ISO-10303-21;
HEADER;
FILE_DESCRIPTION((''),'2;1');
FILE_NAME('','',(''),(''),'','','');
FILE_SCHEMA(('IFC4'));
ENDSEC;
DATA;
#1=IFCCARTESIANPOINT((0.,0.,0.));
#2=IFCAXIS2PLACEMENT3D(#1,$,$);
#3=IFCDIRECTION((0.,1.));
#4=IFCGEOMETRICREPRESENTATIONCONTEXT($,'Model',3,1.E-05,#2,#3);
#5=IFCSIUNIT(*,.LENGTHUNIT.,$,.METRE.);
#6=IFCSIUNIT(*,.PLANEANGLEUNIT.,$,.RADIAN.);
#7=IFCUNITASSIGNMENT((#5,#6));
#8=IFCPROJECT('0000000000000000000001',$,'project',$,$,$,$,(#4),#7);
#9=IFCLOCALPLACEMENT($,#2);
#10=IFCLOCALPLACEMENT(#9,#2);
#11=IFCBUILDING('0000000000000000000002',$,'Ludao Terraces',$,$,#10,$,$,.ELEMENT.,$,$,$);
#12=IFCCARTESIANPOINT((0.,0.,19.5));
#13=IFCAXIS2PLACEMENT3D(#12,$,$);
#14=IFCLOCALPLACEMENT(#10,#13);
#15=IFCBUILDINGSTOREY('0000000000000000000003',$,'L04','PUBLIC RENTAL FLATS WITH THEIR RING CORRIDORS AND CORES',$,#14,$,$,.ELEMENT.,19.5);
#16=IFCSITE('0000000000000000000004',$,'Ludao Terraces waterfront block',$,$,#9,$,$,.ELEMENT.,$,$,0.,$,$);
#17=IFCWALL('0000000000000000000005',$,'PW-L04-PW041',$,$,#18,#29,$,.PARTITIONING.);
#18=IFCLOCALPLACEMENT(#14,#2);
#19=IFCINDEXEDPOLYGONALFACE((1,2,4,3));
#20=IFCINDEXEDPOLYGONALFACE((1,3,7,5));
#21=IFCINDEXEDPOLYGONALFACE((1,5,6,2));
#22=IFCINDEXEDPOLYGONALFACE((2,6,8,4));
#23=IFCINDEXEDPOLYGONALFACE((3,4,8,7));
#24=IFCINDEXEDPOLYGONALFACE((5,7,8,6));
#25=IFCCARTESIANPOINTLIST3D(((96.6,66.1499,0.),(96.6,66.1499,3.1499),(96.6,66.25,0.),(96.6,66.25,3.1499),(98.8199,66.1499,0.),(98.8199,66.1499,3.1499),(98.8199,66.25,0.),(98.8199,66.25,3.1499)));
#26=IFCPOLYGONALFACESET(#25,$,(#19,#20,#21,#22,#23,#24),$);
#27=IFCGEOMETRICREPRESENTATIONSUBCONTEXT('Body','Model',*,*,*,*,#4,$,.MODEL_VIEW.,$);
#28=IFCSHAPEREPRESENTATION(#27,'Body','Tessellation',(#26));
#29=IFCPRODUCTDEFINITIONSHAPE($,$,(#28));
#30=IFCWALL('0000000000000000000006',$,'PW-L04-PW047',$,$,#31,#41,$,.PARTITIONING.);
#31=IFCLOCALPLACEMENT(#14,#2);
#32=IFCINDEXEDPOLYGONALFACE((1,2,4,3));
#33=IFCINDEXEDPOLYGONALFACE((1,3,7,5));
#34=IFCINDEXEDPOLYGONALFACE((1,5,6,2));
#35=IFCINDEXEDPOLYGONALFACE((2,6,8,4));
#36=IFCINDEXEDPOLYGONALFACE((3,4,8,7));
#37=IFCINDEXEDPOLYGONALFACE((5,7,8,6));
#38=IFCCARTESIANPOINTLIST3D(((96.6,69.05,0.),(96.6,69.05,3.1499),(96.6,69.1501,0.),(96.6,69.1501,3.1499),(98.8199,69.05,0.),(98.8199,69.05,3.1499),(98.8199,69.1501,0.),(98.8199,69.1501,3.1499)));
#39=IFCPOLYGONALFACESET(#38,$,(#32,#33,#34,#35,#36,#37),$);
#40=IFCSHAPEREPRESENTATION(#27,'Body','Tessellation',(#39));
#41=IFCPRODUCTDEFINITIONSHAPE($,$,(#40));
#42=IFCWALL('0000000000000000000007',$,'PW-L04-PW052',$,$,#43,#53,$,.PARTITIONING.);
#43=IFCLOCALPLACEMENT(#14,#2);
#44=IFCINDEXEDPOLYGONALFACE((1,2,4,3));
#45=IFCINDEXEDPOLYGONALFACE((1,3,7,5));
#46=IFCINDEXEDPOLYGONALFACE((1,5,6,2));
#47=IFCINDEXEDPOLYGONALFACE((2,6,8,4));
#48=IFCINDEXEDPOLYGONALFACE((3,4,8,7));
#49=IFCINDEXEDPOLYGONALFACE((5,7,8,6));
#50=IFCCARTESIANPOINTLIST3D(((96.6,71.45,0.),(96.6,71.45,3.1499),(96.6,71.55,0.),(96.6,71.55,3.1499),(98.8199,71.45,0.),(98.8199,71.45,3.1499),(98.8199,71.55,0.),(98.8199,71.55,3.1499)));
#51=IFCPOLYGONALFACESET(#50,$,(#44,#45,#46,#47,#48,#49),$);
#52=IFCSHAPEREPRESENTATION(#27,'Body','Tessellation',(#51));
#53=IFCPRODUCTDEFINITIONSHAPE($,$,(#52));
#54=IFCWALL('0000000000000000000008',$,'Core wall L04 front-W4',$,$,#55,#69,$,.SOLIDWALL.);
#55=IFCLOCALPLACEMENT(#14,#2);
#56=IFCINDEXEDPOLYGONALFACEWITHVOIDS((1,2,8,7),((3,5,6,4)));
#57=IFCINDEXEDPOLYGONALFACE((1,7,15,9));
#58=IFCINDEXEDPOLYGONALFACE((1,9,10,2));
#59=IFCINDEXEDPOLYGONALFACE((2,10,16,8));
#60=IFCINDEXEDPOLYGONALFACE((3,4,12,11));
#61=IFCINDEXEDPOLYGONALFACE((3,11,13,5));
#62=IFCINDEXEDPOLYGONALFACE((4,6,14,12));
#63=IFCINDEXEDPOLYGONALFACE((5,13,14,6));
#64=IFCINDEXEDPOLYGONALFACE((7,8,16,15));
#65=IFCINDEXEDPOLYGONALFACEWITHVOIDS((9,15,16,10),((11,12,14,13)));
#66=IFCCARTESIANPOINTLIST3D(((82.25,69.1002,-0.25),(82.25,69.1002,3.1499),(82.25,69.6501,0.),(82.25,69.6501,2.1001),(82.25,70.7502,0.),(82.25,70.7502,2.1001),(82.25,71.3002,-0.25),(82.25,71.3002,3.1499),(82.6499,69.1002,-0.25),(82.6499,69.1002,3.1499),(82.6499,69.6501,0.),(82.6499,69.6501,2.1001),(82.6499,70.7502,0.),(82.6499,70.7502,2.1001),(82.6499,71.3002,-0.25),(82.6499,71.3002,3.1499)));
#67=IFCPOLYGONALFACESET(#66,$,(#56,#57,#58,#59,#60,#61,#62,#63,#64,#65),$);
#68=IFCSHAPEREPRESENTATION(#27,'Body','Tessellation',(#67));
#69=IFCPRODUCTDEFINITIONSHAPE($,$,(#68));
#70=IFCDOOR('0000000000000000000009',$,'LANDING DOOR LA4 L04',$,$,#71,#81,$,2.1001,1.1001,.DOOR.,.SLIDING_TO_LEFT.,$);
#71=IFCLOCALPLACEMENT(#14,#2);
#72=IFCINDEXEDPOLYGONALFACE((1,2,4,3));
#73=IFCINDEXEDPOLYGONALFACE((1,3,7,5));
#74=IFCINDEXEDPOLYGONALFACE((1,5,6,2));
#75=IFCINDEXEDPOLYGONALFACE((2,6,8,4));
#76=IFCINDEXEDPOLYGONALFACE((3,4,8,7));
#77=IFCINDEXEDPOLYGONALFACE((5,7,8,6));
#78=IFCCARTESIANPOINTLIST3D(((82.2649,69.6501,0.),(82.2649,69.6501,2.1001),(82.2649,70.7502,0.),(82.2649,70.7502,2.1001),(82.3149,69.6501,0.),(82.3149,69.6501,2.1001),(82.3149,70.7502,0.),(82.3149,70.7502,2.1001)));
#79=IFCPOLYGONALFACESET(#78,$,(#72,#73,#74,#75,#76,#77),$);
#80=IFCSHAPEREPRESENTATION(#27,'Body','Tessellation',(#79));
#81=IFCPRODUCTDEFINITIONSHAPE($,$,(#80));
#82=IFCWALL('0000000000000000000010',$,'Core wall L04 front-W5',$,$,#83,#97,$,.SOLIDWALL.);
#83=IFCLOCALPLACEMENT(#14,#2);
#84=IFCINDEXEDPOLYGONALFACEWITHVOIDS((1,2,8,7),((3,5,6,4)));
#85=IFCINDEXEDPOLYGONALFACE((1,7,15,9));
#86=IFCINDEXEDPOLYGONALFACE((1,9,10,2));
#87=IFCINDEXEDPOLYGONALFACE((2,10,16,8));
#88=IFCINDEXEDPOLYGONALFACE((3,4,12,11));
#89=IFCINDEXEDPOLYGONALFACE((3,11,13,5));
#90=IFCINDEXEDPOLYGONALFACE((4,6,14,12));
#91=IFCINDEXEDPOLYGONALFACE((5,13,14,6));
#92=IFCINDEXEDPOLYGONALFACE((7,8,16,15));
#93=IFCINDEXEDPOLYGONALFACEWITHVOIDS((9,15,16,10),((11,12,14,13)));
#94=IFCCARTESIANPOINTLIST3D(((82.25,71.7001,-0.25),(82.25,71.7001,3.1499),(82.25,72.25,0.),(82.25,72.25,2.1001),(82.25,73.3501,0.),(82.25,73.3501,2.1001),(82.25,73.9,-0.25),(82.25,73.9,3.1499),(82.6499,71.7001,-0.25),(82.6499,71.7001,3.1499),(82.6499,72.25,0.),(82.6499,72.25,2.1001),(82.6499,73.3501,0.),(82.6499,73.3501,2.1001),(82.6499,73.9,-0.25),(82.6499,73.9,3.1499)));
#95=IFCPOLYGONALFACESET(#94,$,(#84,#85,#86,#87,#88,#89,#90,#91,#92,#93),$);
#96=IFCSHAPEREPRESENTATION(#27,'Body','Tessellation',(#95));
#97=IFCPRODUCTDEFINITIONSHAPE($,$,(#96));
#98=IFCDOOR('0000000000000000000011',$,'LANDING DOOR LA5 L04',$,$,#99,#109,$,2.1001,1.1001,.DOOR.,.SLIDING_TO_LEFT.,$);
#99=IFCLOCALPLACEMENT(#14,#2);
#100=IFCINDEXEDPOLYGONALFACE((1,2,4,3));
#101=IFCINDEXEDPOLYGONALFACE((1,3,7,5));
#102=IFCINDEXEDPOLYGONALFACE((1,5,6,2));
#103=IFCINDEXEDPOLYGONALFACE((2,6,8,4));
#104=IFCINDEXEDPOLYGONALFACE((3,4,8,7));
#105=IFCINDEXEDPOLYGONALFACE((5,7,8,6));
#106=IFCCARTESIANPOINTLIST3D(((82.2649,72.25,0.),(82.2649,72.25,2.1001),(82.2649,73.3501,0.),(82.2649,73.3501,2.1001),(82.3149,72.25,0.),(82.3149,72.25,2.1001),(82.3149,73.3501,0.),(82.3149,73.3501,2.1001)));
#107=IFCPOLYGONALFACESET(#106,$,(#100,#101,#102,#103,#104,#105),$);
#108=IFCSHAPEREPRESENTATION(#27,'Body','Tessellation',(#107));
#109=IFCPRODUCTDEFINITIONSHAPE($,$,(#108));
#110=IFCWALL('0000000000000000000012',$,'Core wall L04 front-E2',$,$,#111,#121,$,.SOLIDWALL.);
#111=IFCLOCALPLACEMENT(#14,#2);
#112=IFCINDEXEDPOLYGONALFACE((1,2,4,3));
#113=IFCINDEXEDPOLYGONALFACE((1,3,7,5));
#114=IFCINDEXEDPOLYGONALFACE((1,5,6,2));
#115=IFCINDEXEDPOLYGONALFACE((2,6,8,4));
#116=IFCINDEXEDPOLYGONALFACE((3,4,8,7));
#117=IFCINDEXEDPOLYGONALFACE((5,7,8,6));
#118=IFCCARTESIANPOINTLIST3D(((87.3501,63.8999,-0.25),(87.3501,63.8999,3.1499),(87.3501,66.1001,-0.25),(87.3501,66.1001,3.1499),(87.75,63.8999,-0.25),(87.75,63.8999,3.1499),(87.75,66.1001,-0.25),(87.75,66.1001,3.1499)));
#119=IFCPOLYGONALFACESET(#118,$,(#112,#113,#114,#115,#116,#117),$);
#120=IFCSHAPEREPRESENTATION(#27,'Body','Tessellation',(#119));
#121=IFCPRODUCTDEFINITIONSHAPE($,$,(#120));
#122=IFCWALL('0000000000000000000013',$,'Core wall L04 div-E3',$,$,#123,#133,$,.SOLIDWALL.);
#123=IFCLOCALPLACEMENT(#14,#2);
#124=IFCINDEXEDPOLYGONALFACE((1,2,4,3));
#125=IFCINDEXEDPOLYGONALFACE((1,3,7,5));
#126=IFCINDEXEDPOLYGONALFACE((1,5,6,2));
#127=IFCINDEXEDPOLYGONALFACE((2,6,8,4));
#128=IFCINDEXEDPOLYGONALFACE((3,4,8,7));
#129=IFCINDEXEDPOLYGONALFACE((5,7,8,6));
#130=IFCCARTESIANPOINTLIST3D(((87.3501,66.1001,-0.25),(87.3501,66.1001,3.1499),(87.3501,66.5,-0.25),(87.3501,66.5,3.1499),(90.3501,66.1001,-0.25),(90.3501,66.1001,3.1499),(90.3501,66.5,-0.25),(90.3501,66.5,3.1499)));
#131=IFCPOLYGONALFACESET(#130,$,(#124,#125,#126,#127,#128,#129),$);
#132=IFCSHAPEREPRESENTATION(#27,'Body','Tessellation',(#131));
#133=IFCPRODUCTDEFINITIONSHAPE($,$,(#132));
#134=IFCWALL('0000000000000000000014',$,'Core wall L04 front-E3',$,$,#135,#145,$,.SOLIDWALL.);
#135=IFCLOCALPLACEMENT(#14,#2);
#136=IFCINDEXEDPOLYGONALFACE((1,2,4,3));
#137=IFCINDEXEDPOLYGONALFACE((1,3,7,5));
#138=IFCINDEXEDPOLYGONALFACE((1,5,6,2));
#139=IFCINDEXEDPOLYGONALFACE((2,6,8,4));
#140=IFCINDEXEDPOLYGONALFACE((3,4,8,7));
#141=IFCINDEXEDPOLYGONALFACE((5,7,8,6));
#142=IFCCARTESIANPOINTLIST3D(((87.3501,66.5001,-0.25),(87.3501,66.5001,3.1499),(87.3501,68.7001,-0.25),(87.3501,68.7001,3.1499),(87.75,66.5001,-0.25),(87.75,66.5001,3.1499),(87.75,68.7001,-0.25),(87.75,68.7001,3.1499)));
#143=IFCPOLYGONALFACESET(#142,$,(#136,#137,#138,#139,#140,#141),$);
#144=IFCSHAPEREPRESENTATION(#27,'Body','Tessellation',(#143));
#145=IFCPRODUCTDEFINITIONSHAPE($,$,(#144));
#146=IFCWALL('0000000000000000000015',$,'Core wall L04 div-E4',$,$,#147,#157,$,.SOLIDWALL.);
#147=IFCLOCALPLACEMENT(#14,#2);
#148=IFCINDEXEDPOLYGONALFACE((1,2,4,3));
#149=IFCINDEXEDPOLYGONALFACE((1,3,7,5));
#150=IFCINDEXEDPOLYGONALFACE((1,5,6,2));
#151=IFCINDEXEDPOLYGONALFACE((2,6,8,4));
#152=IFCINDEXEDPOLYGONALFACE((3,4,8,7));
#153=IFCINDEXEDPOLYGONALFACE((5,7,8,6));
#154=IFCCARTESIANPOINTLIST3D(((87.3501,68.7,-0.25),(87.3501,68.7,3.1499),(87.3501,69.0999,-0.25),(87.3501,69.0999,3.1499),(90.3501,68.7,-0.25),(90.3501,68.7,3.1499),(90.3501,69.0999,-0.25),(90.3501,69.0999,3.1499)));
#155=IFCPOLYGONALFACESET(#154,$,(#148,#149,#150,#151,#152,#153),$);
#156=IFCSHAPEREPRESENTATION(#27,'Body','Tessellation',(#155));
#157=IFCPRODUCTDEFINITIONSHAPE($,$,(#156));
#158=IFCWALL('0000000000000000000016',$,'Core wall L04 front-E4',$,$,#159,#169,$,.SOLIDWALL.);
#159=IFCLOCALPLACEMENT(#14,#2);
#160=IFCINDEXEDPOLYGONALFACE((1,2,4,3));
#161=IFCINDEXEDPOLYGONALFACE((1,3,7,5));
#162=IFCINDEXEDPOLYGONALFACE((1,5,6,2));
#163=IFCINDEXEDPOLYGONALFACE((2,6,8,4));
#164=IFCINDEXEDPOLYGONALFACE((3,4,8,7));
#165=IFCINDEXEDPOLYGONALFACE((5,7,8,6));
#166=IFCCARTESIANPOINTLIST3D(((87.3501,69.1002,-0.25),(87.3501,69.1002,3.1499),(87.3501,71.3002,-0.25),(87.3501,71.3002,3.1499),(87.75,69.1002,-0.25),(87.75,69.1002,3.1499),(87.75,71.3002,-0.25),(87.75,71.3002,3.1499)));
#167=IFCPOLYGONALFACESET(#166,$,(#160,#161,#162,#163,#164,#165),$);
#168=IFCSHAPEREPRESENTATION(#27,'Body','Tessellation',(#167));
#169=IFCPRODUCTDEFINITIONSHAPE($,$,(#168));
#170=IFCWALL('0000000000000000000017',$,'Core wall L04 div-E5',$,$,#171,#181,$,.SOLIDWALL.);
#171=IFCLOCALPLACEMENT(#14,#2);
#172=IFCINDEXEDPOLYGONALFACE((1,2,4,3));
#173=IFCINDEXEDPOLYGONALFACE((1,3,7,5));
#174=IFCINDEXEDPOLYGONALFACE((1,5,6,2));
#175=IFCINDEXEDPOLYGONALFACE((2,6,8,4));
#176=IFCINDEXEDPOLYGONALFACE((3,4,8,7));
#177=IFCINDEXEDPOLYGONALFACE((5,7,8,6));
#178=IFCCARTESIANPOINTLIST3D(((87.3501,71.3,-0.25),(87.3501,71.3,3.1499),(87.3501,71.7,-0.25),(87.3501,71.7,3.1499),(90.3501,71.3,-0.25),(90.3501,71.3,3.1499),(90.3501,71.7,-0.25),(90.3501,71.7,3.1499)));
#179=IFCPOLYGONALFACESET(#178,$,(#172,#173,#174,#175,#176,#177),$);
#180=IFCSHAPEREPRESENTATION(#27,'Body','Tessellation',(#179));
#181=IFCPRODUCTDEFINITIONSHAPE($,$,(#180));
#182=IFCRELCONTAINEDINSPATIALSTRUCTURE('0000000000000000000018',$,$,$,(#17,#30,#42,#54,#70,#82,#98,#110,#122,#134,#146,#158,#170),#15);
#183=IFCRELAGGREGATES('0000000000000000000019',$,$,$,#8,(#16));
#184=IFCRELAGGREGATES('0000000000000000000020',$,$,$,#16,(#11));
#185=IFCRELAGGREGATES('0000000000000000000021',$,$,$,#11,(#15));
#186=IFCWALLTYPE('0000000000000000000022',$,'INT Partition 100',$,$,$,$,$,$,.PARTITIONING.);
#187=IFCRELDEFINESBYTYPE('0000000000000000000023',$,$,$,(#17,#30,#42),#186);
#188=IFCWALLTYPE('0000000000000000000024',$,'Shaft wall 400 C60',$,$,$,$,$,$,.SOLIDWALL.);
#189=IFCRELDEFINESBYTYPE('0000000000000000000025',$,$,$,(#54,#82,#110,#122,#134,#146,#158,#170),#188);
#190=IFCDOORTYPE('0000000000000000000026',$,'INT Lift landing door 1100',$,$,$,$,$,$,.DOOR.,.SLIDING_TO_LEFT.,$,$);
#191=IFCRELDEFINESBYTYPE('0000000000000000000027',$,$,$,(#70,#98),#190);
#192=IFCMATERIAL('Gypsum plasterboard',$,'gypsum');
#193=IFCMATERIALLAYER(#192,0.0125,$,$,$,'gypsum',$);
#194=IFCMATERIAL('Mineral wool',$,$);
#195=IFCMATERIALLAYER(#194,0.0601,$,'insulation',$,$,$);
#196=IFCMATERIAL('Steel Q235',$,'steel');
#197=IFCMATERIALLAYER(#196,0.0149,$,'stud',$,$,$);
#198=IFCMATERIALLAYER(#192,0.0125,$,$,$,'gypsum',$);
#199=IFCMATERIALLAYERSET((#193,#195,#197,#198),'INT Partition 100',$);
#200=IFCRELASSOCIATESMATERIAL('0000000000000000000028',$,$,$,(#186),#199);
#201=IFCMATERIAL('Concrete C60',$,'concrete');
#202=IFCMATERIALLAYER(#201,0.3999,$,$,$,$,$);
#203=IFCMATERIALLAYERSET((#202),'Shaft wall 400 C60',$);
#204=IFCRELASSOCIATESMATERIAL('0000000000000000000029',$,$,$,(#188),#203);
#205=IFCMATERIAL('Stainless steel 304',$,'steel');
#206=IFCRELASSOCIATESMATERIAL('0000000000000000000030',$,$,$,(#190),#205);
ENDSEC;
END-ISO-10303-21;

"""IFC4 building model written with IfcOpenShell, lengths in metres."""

from ifc_helpers import new_model, si_unit, direction, frame, frame_2d, origin, place, context, subcontext, project, spatial, rectangle, extrude, material, layer, layer_set, type_object, element, fill, save


model = new_model("IFC4")

# Units and contexts
model_context = context("Model", 3, precision=1e-05, world=origin(), true_north=direction((0.0, 1.0)))
body_context = subcontext(model_context, "Body", "Model", "MODEL_VIEW")
ifc_project = project(units=[si_unit("LENGTHUNIT", "METRE"), si_unit("PLANEANGLEUNIT", "RADIAN")], contexts=[model_context])

# Site, building, storey
site_placement = place(None, origin())
site = spatial("IfcSite", under=ifc_project, at=site_placement, Name="Ludao Terraces waterfront block", CompositionType="ELEMENT", RefElevation=0.0)
building_placement = place(site_placement, origin())
building = spatial("IfcBuilding", under=site, at=building_placement, Name="Ludao Terraces", CompositionType="ELEMENT")
storey_placement = place(building_placement, frame((0.0, 0.0, 19.5)))
storey = spatial("IfcBuildingStorey", under=building, at=storey_placement, Name="L04", Description="PUBLIC RENTAL FLATS WITH THEIR RING CORRIDORS AND CORES", CompositionType="ELEMENT", Elevation=19.5)

# Walls
ifc_material_1 = material(Name="Gypsum plasterboard", Category="gypsum")
ifc_layer_1 = layer(ifc_material_1, 0.0125, Category="gypsum")
ifc_material_2 = material(Name="Mineral wool")
ifc_layer_2 = layer(ifc_material_2, 0.0601, Name="insulation")
ifc_material_3 = material(Name="Steel Q235", Category="steel")
ifc_layer_3 = layer(ifc_material_3, 0.0149, Name="stud")
ifc_layer_4 = layer(ifc_material_1, 0.0125, Category="gypsum")
ifc_layer_set_1 = layer_set([ifc_layer_1, ifc_layer_2, ifc_layer_3, ifc_layer_4], Name="INT Partition 100")
wall_type_1 = type_object("IfcWallType", Name="INT Partition 100", PredefinedType="PARTITIONING", material=ifc_layer_set_1)
for number, where, z_axis, x_axis, name in (
    (1, (96.6001, 66.2, 0.0), (0.0, 0.0, 1.0), (1.0, 0.0, 0.0), "PW-L04-PW041"),
    (2, (96.6001, 69.1001, 0.0), (0.0, 0.0, 1.0), (1.0, 0.0, 0.0), "PW-L04-PW047"),
    (3, (96.6001, 71.5, 0.0), (0.0, 0.0, 1.0), (1.0, 0.0, 0.0), "PW-L04-PW052"),
):
    element("IfcWall", number, at=place(storey_placement, frame(where, z_axis=z_axis, x_axis=x_axis)), inside=storey, type_object=wall_type_1, Name=name, PredefinedType="PARTITIONING", context=body_context, shape_type="SweptSolid", body=[
        extrude(rectangle(XDim=2.22, YDim=0.1001, at=frame_2d((1.1099, 0.0))), origin(), (0.0, 0.0, 1.0), 3.1499),
    ])

# Walls, openings, doors
ifc_material_4 = material(Name="Concrete C60", Category="concrete")
ifc_layer_5 = layer(ifc_material_4, 0.3999)
ifc_layer_set_2 = layer_set([ifc_layer_5], Name="Shaft wall 400 C60")
wall_type_2 = type_object("IfcWallType", Name="Shaft wall 400 C60", PredefinedType="SOLIDWALL", material=ifc_layer_set_2)
wall_1_placement = place(storey_placement, frame((82.45, 69.1001, -0.25), z_axis=(0.0, 0.0, 1.0), x_axis=(0.0, 1.0, 0.0)))
wall_1 = element("IfcWall", 4, at=wall_1_placement, inside=storey, type_object=wall_type_2, Name="Core wall L04 front-W4", PredefinedType="SOLIDWALL", context=body_context, shape_type="SweptSolid", body=[
    extrude(rectangle(XDim=2.2, YDim=0.3999, at=frame_2d((1.1001, 0.0))), origin(), (0.0, 0.0, 1.0), 3.3999),
])
opening_1_placement = place(wall_1_placement, frame((0.55, 0.0, 0.25)))
opening_1 = element("IfcOpeningElement", 5, at=opening_1_placement, cuts=wall_1, PredefinedType="OPENING", context=body_context, shape_type="SweptSolid", body=[
    extrude(rectangle(XDim=1.1001, YDim=2.1001, at=frame_2d((0.55, 1.05))), frame((0.0, 0.21, 0.0), z_axis=(0.0, -1.0, 0.0), x_axis=(1.0, 0.0, 0.0)), (0.0, 0.0, 1.0), 0.4199),
])
ifc_material_5 = material(Name="Stainless steel 304", Category="steel")
door_type_1 = type_object("IfcDoorType", Name="INT Lift landing door 1100", OperationType="SLIDING_TO_LEFT", PredefinedType="DOOR", material=ifc_material_5)
door_1_placement = place(opening_1_placement, origin())
door_1 = element("IfcDoor", 6, at=door_1_placement, inside=storey, type_object=door_type_1, Name="LANDING DOOR LA4 L04", OperationType="SLIDING_TO_LEFT", OverallHeight=2.1001, OverallWidth=1.1001, PredefinedType="DOOR", context=body_context, shape_type="SweptSolid", body=[
    extrude(rectangle(XDim=1.1001, YDim=2.1001, at=frame_2d((0.55, 1.05))), frame((0.0, 0.1851, 0.0), z_axis=(0.0, -1.0, 0.0), x_axis=(1.0, 0.0, 0.0)), (0.0, 0.0, 1.0), 0.05),
])
fill(opening_1, door_1)
wall_2_placement = place(storey_placement, frame((82.45, 71.7, -0.25), z_axis=(0.0, 0.0, 1.0), x_axis=(0.0, 1.0, 0.0)))
wall_2 = element("IfcWall", 7, at=wall_2_placement, inside=storey, type_object=wall_type_2, Name="Core wall L04 front-W5", PredefinedType="SOLIDWALL", context=body_context, shape_type="SweptSolid", body=[
    extrude(rectangle(XDim=2.2, YDim=0.3999, at=frame_2d((1.1001, 0.0))), origin(), (0.0, 0.0, 1.0), 3.3999),
])
opening_2_placement = place(wall_2_placement, frame((0.55, 0.0, 0.25)))
opening_2 = element("IfcOpeningElement", 8, at=opening_2_placement, cuts=wall_2, PredefinedType="OPENING", context=body_context, shape_type="SweptSolid", body=[
    extrude(rectangle(XDim=1.1001, YDim=2.1001, at=frame_2d((0.55, 1.05))), frame((0.0, 0.21, 0.0), z_axis=(0.0, -1.0, 0.0), x_axis=(1.0, 0.0, 0.0)), (0.0, 0.0, 1.0), 0.4199),
])
door_2_placement = place(opening_2_placement, origin())
door_2 = element("IfcDoor", 9, at=door_2_placement, inside=storey, type_object=door_type_1, Name="LANDING DOOR LA5 L04", OperationType="SLIDING_TO_LEFT", OverallHeight=2.1001, OverallWidth=1.1001, PredefinedType="DOOR", context=body_context, shape_type="SweptSolid", body=[
    extrude(rectangle(XDim=1.1001, YDim=2.1001, at=frame_2d((0.55, 1.05))), frame((0.0, 0.1851, 0.0), z_axis=(0.0, -1.0, 0.0), x_axis=(1.0, 0.0, 0.0)), (0.0, 0.0, 1.0), 0.05),
])
fill(opening_2, door_2)

# Walls
wall_3_placement = place(storey_placement, frame((87.55, 63.8999, -0.25), z_axis=(0.0, 0.0, 1.0), x_axis=(0.0, 1.0, 0.0)))
element("IfcWall", 10, at=wall_3_placement, inside=storey, type_object=wall_type_2, Name="Core wall L04 front-E2", PredefinedType="SOLIDWALL", context=body_context, shape_type="SweptSolid", body=[
    extrude(rectangle(XDim=2.2002, YDim=0.3999, at=frame_2d((1.1001, 0.0))), origin(), (0.0, 0.0, 1.0), 3.3999),
])
wall_4_placement = place(storey_placement, frame((87.3501, 66.3, -0.25), z_axis=(0.0, 0.0, 1.0), x_axis=(1.0, 0.0, 0.0)))
element("IfcWall", 11, at=wall_4_placement, inside=storey, type_object=wall_type_2, Name="Core wall L04 div-E3", PredefinedType="SOLIDWALL", context=body_context, shape_type="SweptSolid", body=[
    extrude(rectangle(XDim=3.0, YDim=0.3999, at=frame_2d((1.5, 0.0))), origin(), (0.0, 0.0, 1.0), 3.3999),
])
wall_5_placement = place(storey_placement, frame((87.55, 66.5, -0.25), z_axis=(0.0, 0.0, 1.0), x_axis=(0.0, 1.0, 0.0)))
element("IfcWall", 12, at=wall_5_placement, inside=storey, type_object=wall_type_2, Name="Core wall L04 front-E3", PredefinedType="SOLIDWALL", context=body_context, shape_type="SweptSolid", body=[
    extrude(rectangle(XDim=2.2, YDim=0.3999, at=frame_2d((1.1001, 0.0))), origin(), (0.0, 0.0, 1.0), 3.3999),
])
wall_6_placement = place(storey_placement, frame((87.3501, 68.8999, -0.25), z_axis=(0.0, 0.0, 1.0), x_axis=(1.0, 0.0, 0.0)))
element("IfcWall", 13, at=wall_6_placement, inside=storey, type_object=wall_type_2, Name="Core wall L04 div-E4", PredefinedType="SOLIDWALL", context=body_context, shape_type="SweptSolid", body=[
    extrude(rectangle(XDim=3.0, YDim=0.3999, at=frame_2d((1.5, 0.0))), origin(), (0.0, 0.0, 1.0), 3.3999),
])
wall_7_placement = place(storey_placement, frame((87.55, 69.1001, -0.25), z_axis=(0.0, 0.0, 1.0), x_axis=(0.0, 1.0, 0.0)))
element("IfcWall", 14, at=wall_7_placement, inside=storey, type_object=wall_type_2, Name="Core wall L04 front-E4", PredefinedType="SOLIDWALL", context=body_context, shape_type="SweptSolid", body=[
    extrude(rectangle(XDim=2.2, YDim=0.3999, at=frame_2d((1.1001, 0.0))), origin(), (0.0, 0.0, 1.0), 3.3999),
])
wall_8_placement = place(storey_placement, frame((87.3501, 71.5, -0.25), z_axis=(0.0, 0.0, 1.0), x_axis=(1.0, 0.0, 0.0)))
element("IfcWall", 15, at=wall_8_placement, inside=storey, type_object=wall_type_2, Name="Core wall L04 div-E5", PredefinedType="SOLIDWALL", context=body_context, shape_type="SweptSolid", body=[
    extrude(rectangle(XDim=3.0, YDim=0.3999, at=frame_2d((1.5, 0.0))), origin(), (0.0, 0.0, 1.0), 3.3999),
])

save(model, "model.ifc")
